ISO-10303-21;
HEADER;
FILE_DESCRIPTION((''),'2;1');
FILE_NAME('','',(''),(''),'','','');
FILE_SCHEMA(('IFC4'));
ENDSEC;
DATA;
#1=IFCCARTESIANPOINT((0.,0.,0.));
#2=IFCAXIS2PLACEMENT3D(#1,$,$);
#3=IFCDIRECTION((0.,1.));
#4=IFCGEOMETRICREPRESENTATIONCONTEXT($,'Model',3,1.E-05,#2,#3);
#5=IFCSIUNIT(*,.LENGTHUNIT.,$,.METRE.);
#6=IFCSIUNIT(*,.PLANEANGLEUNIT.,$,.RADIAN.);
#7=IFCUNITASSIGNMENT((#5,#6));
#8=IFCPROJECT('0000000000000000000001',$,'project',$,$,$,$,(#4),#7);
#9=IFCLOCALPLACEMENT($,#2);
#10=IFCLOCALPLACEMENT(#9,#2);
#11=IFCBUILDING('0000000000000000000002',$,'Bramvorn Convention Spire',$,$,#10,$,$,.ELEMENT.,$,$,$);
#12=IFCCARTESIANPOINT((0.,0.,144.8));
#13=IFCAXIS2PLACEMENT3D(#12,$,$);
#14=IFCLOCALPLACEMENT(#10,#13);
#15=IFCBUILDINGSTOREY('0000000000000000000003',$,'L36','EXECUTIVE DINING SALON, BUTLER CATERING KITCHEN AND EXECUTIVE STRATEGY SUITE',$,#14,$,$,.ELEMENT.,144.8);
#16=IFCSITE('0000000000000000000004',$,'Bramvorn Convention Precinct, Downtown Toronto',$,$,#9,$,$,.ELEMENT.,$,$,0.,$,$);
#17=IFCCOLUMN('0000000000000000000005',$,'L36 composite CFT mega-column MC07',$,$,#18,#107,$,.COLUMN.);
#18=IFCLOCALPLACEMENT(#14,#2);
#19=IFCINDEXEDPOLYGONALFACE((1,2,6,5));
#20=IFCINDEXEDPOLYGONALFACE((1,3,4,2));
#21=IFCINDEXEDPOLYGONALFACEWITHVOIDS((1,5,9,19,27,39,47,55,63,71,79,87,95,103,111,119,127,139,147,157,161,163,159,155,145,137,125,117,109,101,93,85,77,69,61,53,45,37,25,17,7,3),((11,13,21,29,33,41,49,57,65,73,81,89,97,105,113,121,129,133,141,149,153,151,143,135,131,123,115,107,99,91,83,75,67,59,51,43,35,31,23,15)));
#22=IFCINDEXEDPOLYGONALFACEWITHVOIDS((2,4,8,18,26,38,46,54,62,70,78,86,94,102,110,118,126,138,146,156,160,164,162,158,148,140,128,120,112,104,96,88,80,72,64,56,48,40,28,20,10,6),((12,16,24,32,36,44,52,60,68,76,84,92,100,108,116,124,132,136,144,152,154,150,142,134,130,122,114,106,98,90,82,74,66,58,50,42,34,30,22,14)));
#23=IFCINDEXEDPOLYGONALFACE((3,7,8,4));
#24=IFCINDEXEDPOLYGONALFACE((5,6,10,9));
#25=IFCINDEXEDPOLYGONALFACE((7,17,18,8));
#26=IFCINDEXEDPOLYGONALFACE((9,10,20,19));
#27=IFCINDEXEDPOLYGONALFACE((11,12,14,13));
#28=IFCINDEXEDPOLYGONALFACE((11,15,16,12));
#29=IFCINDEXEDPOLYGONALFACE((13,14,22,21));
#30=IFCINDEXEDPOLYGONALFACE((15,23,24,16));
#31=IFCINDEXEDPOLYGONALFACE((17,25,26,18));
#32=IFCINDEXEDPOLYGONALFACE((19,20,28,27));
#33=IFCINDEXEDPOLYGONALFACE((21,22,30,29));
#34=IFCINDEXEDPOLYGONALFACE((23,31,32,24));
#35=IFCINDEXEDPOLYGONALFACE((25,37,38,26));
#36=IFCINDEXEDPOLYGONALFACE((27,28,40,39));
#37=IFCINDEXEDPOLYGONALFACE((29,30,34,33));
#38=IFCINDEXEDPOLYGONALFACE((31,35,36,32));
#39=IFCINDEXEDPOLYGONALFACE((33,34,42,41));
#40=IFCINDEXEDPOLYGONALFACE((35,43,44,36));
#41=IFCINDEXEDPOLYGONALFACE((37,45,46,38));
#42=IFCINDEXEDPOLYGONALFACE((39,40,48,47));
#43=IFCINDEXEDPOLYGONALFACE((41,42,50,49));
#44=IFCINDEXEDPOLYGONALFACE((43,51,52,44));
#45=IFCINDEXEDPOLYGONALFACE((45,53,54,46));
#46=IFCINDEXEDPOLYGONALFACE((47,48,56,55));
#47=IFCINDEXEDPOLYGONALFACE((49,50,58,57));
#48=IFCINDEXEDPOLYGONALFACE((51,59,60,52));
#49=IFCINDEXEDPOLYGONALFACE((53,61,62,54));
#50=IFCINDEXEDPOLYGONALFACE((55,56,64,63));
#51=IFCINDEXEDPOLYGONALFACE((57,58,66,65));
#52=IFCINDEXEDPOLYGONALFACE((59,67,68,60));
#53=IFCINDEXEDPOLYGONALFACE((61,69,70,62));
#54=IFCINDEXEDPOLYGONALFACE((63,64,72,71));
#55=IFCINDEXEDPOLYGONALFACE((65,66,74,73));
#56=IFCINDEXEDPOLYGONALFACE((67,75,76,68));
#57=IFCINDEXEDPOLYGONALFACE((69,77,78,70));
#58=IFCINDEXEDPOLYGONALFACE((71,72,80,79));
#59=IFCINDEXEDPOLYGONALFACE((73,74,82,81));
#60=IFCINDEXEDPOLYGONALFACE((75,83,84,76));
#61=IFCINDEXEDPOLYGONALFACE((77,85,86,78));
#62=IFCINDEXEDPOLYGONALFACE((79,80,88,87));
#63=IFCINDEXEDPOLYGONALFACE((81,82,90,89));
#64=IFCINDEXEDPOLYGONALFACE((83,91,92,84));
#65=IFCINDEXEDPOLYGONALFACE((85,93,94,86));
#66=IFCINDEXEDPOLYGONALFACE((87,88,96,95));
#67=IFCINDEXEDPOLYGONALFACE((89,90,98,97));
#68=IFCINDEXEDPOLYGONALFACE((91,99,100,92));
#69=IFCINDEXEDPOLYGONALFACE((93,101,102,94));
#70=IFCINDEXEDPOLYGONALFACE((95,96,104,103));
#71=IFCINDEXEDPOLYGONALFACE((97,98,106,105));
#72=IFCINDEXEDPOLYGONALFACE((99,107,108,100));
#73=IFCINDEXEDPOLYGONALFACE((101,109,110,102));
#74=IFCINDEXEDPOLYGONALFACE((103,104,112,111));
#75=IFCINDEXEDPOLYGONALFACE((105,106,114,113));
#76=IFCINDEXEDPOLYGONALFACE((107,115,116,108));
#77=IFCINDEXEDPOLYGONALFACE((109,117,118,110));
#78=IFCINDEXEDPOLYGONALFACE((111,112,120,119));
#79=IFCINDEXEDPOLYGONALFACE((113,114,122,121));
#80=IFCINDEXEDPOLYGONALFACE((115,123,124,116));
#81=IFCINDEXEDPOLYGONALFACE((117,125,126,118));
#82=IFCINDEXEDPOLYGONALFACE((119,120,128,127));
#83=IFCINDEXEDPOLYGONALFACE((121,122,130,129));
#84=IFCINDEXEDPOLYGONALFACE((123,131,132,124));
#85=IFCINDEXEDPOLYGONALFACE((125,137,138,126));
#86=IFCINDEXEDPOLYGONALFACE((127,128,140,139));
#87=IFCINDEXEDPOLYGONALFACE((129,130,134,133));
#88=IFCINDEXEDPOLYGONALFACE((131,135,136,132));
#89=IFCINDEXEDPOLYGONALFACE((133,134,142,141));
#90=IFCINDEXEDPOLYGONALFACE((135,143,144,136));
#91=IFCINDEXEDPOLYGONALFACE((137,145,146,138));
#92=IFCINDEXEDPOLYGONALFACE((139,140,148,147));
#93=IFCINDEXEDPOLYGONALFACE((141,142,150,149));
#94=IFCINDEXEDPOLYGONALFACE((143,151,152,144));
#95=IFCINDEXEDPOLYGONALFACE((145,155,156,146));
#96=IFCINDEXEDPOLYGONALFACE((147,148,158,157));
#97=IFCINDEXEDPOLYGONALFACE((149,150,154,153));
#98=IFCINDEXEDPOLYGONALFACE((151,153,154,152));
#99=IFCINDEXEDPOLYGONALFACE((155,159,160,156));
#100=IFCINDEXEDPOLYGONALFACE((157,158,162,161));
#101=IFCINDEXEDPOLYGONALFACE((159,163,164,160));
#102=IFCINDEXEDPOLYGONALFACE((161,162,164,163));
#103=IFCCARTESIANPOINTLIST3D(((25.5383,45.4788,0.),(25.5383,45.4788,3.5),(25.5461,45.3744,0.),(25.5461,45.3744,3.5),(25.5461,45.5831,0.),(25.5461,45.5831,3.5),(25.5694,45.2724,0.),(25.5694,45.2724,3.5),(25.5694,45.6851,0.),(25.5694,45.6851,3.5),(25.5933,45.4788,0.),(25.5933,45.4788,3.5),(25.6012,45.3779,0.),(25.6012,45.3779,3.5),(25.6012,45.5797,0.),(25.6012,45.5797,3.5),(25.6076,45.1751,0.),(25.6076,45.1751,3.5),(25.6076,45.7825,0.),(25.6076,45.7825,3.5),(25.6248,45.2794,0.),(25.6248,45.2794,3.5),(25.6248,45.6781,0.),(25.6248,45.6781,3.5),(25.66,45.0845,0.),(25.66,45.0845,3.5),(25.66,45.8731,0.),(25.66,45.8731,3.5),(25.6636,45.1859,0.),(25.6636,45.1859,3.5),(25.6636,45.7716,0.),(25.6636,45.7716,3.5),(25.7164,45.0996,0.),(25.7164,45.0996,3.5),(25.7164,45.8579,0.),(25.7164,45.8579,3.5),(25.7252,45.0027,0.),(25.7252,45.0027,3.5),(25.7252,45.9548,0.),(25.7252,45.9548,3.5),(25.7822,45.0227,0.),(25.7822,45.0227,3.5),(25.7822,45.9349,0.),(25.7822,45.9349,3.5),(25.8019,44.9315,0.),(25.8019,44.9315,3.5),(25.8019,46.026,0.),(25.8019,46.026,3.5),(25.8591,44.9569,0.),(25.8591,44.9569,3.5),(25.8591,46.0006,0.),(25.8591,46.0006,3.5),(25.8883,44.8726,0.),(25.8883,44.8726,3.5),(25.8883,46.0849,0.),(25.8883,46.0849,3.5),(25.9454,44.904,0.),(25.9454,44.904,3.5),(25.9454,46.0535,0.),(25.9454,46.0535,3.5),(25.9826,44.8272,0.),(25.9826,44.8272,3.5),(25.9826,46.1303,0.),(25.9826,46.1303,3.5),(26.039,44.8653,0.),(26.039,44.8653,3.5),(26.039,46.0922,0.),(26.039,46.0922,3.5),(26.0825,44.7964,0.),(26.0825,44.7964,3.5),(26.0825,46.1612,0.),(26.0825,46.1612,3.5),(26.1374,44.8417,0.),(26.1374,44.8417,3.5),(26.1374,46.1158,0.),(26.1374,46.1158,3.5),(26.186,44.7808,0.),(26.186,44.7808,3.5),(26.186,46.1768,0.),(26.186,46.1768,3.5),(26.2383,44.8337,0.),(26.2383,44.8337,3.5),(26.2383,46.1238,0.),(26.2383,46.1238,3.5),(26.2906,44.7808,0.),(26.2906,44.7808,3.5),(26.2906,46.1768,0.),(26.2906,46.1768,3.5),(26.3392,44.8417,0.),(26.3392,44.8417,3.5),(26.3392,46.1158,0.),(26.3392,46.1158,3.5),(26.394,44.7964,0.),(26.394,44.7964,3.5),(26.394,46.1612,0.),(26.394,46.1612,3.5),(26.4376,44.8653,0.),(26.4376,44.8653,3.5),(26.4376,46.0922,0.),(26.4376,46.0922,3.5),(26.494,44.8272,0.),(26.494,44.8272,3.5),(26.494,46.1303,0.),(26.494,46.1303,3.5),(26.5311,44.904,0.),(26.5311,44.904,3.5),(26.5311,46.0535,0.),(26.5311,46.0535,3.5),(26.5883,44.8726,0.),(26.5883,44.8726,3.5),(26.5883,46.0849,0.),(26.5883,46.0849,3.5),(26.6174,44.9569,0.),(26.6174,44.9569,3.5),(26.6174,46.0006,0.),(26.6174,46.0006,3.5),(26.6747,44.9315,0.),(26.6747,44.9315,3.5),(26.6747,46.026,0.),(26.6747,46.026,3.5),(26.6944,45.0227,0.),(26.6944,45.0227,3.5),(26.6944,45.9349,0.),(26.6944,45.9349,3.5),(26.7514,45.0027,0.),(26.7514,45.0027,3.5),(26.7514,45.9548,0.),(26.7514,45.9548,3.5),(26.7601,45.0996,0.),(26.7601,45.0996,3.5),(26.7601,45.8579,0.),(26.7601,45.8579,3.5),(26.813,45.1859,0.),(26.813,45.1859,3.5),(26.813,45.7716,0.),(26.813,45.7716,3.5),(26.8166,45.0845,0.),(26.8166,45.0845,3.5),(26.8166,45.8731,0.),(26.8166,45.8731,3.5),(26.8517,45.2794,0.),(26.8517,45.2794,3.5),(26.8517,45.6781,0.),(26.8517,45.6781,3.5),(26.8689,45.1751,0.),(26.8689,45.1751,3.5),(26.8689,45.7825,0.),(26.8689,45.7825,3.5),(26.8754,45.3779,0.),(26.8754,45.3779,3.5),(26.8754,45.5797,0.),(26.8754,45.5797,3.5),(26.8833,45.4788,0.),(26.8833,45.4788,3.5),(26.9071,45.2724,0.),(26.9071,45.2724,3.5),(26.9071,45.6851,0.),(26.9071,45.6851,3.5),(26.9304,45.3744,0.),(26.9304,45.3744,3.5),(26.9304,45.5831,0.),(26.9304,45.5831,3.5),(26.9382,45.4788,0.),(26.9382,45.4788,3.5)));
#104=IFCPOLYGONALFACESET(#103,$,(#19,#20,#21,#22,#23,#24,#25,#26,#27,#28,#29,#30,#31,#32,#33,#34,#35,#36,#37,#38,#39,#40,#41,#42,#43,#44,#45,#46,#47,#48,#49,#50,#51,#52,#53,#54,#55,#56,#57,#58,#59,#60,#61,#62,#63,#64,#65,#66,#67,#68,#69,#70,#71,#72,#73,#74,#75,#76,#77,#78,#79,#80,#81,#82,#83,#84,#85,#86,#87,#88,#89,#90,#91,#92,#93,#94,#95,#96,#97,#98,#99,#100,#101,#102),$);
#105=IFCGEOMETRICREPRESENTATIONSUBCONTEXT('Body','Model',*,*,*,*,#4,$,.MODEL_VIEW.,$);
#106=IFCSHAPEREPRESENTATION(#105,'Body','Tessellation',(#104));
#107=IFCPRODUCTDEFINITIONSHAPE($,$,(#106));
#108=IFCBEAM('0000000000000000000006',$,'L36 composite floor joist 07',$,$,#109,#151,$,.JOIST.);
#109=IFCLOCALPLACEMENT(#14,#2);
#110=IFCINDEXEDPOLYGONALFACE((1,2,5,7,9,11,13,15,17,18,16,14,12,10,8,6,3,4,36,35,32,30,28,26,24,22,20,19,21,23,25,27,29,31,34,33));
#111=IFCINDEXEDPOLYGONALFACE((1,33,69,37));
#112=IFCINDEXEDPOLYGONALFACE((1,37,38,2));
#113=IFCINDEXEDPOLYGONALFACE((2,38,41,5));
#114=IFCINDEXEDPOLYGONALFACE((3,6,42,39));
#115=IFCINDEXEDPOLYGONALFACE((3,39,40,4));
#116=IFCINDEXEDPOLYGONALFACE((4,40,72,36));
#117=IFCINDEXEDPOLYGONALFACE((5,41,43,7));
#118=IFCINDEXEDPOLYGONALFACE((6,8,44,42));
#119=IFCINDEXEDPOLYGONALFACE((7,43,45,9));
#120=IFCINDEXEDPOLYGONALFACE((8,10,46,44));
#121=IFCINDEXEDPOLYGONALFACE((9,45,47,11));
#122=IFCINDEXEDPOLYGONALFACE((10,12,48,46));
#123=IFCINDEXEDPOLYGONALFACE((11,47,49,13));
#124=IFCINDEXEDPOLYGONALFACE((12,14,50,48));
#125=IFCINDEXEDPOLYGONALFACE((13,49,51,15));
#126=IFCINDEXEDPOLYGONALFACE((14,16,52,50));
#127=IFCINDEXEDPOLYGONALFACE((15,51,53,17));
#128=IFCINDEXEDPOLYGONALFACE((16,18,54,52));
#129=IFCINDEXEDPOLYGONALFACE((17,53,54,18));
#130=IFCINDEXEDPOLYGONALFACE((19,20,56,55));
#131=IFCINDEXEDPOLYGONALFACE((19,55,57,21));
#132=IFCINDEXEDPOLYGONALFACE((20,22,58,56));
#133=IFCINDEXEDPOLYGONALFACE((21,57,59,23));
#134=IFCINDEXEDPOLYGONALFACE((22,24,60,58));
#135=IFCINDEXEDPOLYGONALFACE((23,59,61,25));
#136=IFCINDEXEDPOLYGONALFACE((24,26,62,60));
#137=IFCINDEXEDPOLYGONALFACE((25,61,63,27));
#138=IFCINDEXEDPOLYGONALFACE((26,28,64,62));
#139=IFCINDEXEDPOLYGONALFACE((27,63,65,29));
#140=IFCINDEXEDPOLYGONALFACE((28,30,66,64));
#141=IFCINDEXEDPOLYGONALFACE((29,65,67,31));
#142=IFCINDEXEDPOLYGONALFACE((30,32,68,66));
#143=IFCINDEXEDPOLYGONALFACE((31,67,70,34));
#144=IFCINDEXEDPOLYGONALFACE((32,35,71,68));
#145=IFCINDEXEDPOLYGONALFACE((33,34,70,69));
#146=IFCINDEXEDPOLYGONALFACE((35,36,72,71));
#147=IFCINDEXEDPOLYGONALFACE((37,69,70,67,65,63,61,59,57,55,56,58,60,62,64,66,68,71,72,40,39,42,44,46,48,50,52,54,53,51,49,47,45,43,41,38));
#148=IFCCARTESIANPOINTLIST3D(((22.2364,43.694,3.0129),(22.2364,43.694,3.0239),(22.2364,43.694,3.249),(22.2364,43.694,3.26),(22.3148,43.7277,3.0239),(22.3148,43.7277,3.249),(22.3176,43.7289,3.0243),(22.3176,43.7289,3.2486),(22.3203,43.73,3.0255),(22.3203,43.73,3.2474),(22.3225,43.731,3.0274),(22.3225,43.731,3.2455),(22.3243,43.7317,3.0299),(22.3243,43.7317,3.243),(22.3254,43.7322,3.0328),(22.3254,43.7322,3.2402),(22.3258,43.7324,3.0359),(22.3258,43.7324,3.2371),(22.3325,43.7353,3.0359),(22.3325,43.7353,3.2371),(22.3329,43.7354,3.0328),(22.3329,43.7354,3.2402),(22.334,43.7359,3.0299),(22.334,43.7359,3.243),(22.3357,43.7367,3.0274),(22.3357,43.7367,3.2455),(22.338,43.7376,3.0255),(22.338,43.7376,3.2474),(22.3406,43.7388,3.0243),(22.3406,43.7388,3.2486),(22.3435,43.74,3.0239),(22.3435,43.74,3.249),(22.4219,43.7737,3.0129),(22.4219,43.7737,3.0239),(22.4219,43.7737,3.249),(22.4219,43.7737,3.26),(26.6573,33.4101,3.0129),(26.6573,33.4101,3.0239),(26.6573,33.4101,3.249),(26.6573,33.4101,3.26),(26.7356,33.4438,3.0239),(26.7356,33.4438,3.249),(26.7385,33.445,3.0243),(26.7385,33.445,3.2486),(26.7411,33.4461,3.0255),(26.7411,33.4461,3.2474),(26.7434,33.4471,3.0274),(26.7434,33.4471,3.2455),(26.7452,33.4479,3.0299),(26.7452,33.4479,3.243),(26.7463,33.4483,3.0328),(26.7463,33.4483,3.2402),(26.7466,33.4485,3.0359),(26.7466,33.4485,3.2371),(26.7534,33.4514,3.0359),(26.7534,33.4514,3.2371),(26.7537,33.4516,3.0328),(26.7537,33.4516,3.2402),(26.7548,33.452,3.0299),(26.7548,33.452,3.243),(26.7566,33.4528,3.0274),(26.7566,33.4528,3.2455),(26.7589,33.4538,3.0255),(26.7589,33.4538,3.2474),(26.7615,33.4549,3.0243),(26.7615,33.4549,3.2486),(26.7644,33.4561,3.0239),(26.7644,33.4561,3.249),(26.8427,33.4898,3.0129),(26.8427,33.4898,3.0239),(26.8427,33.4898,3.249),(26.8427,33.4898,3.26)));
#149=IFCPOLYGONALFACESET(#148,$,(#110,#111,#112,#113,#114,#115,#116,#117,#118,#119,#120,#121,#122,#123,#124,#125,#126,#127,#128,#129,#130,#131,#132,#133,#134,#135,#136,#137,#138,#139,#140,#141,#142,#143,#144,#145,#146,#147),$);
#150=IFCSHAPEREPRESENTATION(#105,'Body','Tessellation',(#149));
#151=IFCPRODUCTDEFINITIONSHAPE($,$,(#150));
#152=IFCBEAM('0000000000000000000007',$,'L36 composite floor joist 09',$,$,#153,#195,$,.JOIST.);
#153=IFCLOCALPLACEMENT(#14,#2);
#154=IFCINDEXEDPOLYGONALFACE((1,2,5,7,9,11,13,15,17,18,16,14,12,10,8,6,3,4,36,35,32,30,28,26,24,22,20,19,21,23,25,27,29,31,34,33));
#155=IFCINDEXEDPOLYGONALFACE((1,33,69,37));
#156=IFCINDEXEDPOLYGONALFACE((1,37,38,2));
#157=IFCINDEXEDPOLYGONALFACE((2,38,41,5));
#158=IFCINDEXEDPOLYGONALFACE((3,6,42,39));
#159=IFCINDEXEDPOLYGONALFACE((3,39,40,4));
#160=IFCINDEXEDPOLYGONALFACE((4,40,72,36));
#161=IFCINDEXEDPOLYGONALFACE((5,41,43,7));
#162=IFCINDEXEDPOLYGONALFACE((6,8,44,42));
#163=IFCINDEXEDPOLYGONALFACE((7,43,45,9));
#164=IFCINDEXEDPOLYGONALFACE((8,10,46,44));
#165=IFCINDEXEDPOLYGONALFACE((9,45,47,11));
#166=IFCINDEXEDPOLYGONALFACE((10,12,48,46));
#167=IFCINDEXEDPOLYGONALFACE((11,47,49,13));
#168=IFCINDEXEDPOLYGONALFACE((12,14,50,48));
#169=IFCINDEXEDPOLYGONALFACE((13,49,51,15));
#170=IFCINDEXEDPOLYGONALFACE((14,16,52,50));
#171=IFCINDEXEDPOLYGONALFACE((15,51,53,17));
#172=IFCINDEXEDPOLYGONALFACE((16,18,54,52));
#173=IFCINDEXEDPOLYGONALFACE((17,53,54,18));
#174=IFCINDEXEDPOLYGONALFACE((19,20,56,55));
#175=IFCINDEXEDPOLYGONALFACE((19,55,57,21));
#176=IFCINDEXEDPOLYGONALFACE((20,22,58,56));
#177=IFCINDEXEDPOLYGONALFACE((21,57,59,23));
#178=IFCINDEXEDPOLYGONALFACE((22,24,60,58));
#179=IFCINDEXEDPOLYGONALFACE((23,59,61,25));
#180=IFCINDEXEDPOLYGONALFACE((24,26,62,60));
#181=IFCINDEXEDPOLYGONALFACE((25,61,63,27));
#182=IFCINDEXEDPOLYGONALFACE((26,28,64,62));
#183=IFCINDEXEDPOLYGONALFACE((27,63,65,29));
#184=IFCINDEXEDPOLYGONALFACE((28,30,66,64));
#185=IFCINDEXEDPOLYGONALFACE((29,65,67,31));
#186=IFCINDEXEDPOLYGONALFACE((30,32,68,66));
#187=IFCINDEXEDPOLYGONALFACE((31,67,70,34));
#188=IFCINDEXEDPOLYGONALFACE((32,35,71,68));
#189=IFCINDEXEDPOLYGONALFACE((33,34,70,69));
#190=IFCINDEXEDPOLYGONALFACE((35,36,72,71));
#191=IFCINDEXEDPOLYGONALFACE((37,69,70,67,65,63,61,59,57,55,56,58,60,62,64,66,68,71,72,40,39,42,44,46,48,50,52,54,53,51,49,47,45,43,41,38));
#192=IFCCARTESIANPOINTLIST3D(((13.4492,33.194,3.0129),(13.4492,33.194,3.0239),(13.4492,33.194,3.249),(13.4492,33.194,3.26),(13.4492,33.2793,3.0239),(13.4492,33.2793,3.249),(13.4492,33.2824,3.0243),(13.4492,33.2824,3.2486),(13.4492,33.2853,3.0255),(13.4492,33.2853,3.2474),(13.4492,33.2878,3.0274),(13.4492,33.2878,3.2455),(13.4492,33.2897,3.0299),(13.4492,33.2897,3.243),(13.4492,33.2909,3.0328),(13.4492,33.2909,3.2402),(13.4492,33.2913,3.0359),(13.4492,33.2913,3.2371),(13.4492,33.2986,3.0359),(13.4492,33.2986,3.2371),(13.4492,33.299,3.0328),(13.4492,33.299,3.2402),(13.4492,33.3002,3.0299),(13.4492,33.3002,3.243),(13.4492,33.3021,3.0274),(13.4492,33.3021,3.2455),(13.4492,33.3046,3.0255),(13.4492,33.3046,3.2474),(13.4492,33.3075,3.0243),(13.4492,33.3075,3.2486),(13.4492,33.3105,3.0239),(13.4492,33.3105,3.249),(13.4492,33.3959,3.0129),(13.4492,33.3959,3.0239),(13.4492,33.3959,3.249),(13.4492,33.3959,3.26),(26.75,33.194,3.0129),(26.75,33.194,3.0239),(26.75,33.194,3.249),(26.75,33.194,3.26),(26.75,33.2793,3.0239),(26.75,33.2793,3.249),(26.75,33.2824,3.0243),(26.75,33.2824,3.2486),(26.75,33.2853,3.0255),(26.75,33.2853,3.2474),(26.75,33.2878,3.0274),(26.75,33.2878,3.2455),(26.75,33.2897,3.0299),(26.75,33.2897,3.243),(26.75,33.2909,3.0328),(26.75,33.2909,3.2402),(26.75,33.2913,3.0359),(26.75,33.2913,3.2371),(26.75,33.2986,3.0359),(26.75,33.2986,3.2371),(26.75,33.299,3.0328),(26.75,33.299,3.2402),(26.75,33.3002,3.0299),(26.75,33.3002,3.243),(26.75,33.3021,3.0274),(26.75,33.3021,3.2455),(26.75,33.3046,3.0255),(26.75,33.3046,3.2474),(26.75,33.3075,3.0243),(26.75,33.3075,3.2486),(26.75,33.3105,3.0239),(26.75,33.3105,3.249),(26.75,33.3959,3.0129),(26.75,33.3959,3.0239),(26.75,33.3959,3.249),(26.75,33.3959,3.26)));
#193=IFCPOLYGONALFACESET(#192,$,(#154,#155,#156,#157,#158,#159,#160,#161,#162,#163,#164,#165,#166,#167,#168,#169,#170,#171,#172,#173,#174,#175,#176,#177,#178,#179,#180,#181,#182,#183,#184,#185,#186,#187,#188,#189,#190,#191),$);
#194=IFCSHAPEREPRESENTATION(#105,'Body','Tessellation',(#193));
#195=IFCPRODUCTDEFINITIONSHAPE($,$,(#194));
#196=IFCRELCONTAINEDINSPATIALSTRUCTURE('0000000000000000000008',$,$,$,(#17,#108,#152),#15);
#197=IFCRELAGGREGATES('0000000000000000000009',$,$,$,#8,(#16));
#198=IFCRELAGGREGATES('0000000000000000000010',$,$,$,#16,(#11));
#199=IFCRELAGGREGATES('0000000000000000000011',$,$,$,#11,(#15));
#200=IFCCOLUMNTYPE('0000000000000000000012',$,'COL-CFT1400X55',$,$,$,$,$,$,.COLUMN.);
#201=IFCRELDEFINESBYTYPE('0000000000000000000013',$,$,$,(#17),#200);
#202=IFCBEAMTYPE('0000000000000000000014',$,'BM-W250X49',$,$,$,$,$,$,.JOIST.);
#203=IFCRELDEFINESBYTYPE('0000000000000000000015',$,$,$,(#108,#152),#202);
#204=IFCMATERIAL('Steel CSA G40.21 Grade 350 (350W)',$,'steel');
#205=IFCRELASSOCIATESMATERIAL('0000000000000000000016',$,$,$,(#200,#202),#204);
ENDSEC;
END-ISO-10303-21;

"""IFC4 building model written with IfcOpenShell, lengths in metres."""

from ifc_helpers import new_model, si_unit, direction, frame, origin, origin_2d, place, context, subcontext, project, spatial, hollow_circle, i_section, extrude, material, material_profile, profile_set, type_object, element, save


model = new_model("IFC4")

# Units and contexts
model_context = context("Model", 3, precision=1e-05, world=origin(), true_north=direction((0.0, 1.0)))
body_context = subcontext(model_context, "Body", "Model", "MODEL_VIEW")
ifc_project = project(units=[si_unit("LENGTHUNIT", "METRE"), si_unit("PLANEANGLEUNIT", "RADIAN")], contexts=[model_context])

# Site, building, storey
site_placement = place(None, origin())
site = spatial("IfcSite", under=ifc_project, at=site_placement, Name="Bramvorn Convention Precinct, Downtown Toronto", CompositionType="ELEMENT", RefElevation=0.0)
building_placement = place(site_placement, origin())
building = spatial("IfcBuilding", under=site, at=building_placement, Name="Bramvorn Convention Spire", CompositionType="ELEMENT")
storey_placement = place(building_placement, frame((0.0, 0.0, 144.8)))
storey = spatial("IfcBuildingStorey", under=building, at=storey_placement, Name="L36", Description="EXECUTIVE DINING SALON, BUTLER CATERING KITCHEN AND EXECUTIVE STRATEGY SUITE", CompositionType="ELEMENT", Elevation=144.8)

# Column
ifc_material_1 = material(Name="Steel CSA G40.21 Grade 350 (350W)", Category="steel")
ifc_material_profile_1 = material_profile(ifc_material_1, hollow_circle(Radius=0.7, WallThickness=0.0549, at=origin_2d()))
ifc_profile_set_1 = profile_set([ifc_material_profile_1], Name="Steel CSA G40.21 Grade 350 (350W) - CFT1400X55")
column_type = type_object("IfcColumnType", Name="COL-CFT1400X55", PredefinedType="COLUMN", material=ifc_profile_set_1)
column_placement = place(storey_placement, frame((26.2383, 45.4788, 0.0), z_axis=(0.0, 0.0, 1.0), x_axis=(1.0, 0.0, 0.0)))
element("IfcColumn", 1, at=column_placement, inside=storey, type_object=column_type, Name="L36 composite CFT mega-column MC07", PredefinedType="COLUMN", context=body_context, shape_type="SweptSolid", body=[
    extrude(hollow_circle(Radius=0.7, WallThickness=0.0549, at=origin_2d()), origin(), (0.0, 0.0, 1.0), 3.5),
])

# Beams
ifc_material_profile_2 = material_profile(ifc_material_1, i_section(OverallWidth=0.2019, OverallDepth=0.2471, WebThickness=0.0073, FlangeThickness=0.011, FilletRadius=0.012, at=origin_2d()))
ifc_profile_set_2 = profile_set([ifc_material_profile_2], Name="Steel CSA G40.21 Grade 350 (350W) - W250X49")
beam_type_1 = type_object("IfcBeamType", Name="BM-W250X49", PredefinedType="JOIST", material=ifc_profile_set_2)
beam_1_placement = place(storey_placement, frame((26.75, 33.45, 3.1365), z_axis=(-0.394938, 0.918708, 0.0), x_axis=(-0.918708, -0.394938, 0.0)))
element("IfcBeam", 2, at=beam_1_placement, inside=storey, type_object=beam_type_1, Name="L36 composite floor joist 07", PredefinedType="JOIST", context=body_context, shape_type="SweptSolid", body=[
    extrude(i_section(OverallWidth=0.2019, OverallDepth=0.2471, WebThickness=0.0073, FlangeThickness=0.011, FilletRadius=0.012, at=origin_2d()), origin(), (0.0, 0.0, 1.0), 11.1938),
])
beam_2_placement = place(storey_placement, frame((26.75, 33.2949, 3.1365), z_axis=(-1.0, 0.0, 0.0), x_axis=(0.0, -1.0, 0.0)))
element("IfcBeam", 3, at=beam_2_placement, inside=storey, type_object=beam_type_1, Name="L36 composite floor joist 09", PredefinedType="JOIST", context=body_context, shape_type="SweptSolid", body=[
    extrude(i_section(OverallWidth=0.2019, OverallDepth=0.2471, WebThickness=0.0073, FlangeThickness=0.011, FilletRadius=0.012, at=origin_2d()), origin(), (0.0, 0.0, 1.0), 13.3008),
])

save(model, "model.ifc")
